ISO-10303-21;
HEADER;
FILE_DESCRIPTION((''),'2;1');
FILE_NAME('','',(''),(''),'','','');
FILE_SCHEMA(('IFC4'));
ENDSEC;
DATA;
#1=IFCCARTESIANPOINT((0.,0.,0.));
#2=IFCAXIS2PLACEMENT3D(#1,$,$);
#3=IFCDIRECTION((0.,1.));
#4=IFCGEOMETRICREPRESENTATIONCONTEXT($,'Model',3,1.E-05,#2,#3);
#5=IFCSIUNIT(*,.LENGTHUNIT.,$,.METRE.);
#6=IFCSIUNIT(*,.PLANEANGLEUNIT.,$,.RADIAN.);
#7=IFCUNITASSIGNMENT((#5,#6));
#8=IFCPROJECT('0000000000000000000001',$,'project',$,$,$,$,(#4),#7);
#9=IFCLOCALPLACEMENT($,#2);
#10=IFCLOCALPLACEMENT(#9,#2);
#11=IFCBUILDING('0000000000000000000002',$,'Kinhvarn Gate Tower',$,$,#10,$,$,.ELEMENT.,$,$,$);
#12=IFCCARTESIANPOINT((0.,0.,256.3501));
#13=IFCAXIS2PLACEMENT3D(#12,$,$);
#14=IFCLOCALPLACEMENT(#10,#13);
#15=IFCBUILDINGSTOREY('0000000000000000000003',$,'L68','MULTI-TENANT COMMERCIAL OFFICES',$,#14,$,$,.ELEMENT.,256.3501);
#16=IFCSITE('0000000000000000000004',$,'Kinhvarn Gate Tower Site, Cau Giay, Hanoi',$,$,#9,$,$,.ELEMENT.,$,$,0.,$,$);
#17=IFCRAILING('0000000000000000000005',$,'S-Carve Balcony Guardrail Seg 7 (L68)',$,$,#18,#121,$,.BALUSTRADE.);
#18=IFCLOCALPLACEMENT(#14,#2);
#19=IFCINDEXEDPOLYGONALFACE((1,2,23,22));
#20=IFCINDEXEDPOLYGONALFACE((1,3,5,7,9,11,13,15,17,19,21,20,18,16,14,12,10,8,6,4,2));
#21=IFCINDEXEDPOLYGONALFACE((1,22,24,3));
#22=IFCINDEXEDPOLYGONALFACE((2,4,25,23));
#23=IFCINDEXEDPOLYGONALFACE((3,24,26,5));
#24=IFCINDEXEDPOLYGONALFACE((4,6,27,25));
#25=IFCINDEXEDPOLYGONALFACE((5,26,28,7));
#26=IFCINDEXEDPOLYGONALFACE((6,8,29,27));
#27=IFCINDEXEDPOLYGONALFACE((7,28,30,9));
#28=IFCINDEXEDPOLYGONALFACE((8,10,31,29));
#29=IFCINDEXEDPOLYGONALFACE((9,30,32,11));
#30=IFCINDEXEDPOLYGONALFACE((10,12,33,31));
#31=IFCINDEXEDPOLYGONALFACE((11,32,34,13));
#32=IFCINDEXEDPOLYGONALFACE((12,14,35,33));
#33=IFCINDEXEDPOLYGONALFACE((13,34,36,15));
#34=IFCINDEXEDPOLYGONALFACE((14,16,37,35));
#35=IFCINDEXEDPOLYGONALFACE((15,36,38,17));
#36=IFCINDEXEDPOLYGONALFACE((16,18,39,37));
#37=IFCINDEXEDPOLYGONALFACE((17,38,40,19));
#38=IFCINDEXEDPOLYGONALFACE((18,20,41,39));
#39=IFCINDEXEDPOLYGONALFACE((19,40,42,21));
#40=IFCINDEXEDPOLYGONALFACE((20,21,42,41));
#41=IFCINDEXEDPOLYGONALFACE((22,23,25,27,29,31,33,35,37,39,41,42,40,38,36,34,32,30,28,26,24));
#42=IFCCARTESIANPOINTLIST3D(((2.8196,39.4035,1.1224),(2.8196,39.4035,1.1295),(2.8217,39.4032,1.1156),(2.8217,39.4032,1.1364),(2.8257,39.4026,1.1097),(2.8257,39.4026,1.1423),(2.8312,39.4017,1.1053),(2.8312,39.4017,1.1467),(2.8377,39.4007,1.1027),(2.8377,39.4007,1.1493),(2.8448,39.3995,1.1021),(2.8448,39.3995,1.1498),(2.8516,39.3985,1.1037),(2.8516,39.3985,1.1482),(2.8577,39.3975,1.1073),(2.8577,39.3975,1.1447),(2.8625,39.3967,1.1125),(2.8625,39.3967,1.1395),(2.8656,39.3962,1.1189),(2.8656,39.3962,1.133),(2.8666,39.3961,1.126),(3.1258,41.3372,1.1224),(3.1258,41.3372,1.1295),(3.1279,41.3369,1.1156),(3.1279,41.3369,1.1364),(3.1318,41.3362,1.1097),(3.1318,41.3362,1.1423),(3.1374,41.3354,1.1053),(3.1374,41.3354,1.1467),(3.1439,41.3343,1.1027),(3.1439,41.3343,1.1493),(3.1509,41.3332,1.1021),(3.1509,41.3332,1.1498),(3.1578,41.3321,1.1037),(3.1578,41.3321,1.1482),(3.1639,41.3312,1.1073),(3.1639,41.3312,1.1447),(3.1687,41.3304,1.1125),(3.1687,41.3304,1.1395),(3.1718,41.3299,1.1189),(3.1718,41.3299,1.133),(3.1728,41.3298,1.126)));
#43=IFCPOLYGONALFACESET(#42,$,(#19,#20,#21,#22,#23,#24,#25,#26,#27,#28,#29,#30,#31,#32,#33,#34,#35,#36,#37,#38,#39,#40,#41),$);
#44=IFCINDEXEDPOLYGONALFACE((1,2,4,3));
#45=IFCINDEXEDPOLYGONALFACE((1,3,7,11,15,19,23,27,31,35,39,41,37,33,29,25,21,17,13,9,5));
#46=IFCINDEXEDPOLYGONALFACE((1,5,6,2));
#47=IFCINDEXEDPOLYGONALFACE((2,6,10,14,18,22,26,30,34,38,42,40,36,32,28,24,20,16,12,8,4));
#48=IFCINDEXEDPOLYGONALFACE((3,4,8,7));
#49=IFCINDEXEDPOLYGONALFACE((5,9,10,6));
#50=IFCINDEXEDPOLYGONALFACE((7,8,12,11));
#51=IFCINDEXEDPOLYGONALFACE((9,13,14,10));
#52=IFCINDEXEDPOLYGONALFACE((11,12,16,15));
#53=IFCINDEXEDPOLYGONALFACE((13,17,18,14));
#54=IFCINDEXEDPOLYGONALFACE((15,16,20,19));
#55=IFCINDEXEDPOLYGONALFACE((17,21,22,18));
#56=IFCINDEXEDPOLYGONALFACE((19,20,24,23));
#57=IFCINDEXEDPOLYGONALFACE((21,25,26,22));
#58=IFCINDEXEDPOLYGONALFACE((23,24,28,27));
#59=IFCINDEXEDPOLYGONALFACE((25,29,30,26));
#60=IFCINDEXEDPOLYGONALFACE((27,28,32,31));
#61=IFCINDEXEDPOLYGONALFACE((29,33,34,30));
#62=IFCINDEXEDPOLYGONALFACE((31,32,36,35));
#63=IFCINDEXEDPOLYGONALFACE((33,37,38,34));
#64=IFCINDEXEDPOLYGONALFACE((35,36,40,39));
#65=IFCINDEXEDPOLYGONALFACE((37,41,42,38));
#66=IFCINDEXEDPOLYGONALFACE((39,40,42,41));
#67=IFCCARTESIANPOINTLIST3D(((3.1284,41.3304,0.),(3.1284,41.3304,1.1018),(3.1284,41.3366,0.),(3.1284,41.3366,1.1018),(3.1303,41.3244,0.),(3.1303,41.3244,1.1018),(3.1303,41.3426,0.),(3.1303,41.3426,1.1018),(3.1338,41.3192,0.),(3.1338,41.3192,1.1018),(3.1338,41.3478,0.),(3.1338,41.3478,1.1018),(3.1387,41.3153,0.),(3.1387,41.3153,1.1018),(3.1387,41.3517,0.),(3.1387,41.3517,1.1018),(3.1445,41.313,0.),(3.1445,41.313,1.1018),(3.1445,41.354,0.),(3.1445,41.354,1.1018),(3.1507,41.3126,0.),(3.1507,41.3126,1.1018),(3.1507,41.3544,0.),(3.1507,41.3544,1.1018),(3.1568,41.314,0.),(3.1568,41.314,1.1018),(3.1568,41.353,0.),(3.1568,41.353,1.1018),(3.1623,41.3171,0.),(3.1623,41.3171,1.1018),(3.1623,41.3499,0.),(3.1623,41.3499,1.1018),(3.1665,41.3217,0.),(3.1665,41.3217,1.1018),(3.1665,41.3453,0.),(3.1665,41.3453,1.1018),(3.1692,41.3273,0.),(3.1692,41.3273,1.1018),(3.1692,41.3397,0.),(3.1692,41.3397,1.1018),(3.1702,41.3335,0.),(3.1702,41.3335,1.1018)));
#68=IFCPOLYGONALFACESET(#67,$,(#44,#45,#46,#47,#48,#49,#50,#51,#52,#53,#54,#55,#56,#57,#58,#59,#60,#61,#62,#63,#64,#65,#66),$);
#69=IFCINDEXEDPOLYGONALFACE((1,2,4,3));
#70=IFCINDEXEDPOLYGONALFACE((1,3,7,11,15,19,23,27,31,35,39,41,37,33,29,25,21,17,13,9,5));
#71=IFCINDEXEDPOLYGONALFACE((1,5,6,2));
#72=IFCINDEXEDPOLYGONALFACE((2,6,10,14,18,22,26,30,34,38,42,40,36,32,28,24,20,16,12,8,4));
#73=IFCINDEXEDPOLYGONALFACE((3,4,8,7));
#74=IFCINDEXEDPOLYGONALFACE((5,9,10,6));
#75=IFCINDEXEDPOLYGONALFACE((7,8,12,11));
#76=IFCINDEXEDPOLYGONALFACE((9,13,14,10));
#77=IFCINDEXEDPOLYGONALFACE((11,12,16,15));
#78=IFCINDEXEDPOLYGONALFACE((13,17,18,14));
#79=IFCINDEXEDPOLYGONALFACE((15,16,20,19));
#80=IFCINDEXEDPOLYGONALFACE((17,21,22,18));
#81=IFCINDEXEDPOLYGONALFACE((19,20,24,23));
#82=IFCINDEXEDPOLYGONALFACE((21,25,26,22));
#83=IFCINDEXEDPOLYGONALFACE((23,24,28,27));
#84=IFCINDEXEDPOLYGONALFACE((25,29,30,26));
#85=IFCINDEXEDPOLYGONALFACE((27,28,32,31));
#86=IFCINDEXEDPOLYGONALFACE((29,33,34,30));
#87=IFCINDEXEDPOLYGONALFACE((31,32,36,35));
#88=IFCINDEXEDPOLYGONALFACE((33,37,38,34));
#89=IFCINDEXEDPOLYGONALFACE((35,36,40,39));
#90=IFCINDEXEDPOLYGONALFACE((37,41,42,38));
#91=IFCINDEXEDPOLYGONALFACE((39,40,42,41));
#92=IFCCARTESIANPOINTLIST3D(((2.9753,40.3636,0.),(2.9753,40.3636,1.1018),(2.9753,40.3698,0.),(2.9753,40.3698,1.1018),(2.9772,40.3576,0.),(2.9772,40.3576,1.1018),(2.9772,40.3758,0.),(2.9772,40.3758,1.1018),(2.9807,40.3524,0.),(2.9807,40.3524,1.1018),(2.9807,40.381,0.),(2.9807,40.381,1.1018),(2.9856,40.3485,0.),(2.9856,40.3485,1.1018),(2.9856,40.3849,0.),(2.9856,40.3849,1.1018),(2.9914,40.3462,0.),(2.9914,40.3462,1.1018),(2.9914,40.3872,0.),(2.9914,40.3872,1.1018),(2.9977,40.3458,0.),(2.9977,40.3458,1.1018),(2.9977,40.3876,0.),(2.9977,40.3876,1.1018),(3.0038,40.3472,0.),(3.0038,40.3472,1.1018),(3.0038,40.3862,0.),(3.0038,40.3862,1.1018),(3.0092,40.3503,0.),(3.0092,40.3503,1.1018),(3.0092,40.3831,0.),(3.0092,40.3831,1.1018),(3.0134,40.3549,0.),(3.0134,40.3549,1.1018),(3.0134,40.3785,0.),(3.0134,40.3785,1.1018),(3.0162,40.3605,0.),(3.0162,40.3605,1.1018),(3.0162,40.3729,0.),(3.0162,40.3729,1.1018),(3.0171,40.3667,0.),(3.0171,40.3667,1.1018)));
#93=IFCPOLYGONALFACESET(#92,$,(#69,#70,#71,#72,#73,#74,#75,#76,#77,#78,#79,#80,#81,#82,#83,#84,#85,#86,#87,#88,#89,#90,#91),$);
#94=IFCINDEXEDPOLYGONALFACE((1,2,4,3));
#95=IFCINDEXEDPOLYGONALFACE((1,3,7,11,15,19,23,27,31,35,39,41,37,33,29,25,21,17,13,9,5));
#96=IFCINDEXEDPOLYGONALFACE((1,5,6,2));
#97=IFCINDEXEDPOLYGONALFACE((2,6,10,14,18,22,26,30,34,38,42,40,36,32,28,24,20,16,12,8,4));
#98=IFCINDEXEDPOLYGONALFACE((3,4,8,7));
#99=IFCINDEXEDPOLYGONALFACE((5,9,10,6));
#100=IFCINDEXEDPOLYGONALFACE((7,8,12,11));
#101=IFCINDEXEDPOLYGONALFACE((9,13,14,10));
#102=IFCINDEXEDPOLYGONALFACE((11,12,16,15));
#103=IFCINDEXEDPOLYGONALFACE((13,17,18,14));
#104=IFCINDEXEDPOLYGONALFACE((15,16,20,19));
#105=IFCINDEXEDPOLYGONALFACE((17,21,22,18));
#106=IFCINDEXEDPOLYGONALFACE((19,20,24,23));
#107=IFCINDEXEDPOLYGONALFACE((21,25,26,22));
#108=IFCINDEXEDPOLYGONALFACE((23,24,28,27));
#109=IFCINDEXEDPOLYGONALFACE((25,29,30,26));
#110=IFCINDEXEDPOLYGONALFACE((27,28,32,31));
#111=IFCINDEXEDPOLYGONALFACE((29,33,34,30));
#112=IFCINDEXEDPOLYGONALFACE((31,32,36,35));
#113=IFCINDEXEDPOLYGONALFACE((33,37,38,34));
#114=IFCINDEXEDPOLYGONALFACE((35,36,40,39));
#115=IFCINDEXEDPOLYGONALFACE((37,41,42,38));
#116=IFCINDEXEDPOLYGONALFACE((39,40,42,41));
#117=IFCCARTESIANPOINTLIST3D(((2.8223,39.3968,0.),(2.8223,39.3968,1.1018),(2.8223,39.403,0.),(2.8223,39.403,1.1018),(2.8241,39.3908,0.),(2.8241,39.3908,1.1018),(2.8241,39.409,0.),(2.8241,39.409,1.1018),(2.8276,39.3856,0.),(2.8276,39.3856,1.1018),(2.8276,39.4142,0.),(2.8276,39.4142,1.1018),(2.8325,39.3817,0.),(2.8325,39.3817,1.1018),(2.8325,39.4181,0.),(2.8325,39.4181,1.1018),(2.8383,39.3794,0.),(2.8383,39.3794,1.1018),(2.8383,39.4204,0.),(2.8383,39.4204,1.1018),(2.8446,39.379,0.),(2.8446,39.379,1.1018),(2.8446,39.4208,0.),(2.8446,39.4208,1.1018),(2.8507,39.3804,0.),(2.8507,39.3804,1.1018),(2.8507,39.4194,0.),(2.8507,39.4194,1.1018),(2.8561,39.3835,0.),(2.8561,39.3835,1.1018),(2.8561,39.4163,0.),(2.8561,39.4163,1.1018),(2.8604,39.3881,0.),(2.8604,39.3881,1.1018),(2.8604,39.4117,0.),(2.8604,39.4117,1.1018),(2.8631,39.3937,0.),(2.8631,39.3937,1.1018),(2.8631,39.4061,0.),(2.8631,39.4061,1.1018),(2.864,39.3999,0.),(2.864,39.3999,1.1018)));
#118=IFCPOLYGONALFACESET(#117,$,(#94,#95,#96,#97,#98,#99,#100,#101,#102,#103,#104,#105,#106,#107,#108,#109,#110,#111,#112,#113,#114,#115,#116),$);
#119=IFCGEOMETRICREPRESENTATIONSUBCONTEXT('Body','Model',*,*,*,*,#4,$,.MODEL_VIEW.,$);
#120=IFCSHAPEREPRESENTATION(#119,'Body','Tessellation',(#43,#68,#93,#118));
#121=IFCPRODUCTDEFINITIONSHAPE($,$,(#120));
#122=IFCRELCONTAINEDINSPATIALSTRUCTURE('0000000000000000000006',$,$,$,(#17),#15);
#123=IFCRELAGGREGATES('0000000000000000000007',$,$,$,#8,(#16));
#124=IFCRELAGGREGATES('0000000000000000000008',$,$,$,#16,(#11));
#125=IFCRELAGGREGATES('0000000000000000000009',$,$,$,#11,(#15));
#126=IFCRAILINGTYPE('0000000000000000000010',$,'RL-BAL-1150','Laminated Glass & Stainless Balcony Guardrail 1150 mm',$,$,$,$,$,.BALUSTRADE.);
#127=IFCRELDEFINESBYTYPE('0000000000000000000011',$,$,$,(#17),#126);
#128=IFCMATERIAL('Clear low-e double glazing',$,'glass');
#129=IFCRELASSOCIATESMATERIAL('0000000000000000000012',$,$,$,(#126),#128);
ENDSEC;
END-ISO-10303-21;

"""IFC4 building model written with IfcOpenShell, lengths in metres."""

from ifc_helpers import new_model, si_unit, direction, frame, origin, origin_2d, place, context, subcontext, project, spatial, circle, extrude, material, type_object, element, save


model = new_model("IFC4")

# Units and contexts
model_context = context("Model", 3, precision=1e-05, world=origin(), true_north=direction((0.0, 1.0)))
body_context = subcontext(model_context, "Body", "Model", "MODEL_VIEW")
ifc_project = project(units=[si_unit("LENGTHUNIT", "METRE"), si_unit("PLANEANGLEUNIT", "RADIAN")], contexts=[model_context])

# Site, building, storey
site_placement = place(None, origin())
site = spatial("IfcSite", under=ifc_project, at=site_placement, Name="Kinhvarn Gate Tower Site, Cau Giay, Hanoi", CompositionType="ELEMENT", RefElevation=0.0)
building_placement = place(site_placement, origin())
building = spatial("IfcBuilding", under=site, at=building_placement, Name="Kinhvarn Gate Tower", CompositionType="ELEMENT")
storey_placement = place(building_placement, frame((0.0, 0.0, 256.3501)))
storey = spatial("IfcBuildingStorey", under=building, at=storey_placement, Name="L68", Description="MULTI-TENANT COMMERCIAL OFFICES", CompositionType="ELEMENT", Elevation=256.3501)

# Shared definitions
ifc_material_1 = material(Name="Clear low-e double glazing", Category="glass")

# Railing
railing_type = type_object("IfcRailingType", Name="RL-BAL-1150", Description="Laminated Glass & Stainless Balcony Guardrail 1150 mm", PredefinedType="BALUSTRADE", material=ifc_material_1)
railing_1_placement = place(storey_placement, frame((3.1492, 41.3335, 0.0)))
element("IfcRailing", 1, at=railing_1_placement, inside=storey, type_object=railing_type, Name="S-Carve Balcony Guardrail Seg 7 (L68)", PredefinedType="BALUSTRADE", context=body_context, shape_type="SweptSolid", body=[
    extrude(circle(Radius=0.0239, at=origin_2d()), frame((0.0, 0.0, 1.126), z_axis=(-0.156385, -0.987696, 0.0), x_axis=(0.987696, -0.156385, 0.0)), (0.0, 0.0, 1.0), 1.9578),
    extrude(circle(Radius=0.021, at=origin_2d()), origin(), (0.0, 0.0, 1.0), 1.1018),
    extrude(circle(Radius=0.021, at=origin_2d()), frame((-0.1531, -0.9668, 0.0)), (0.0, 0.0, 1.0), 1.1018),
    extrude(circle(Radius=0.021, at=origin_2d()), frame((-0.3062, -1.9336, 0.0)), (0.0, 0.0, 1.0), 1.1018),
])

save(model, "model.ifc")
